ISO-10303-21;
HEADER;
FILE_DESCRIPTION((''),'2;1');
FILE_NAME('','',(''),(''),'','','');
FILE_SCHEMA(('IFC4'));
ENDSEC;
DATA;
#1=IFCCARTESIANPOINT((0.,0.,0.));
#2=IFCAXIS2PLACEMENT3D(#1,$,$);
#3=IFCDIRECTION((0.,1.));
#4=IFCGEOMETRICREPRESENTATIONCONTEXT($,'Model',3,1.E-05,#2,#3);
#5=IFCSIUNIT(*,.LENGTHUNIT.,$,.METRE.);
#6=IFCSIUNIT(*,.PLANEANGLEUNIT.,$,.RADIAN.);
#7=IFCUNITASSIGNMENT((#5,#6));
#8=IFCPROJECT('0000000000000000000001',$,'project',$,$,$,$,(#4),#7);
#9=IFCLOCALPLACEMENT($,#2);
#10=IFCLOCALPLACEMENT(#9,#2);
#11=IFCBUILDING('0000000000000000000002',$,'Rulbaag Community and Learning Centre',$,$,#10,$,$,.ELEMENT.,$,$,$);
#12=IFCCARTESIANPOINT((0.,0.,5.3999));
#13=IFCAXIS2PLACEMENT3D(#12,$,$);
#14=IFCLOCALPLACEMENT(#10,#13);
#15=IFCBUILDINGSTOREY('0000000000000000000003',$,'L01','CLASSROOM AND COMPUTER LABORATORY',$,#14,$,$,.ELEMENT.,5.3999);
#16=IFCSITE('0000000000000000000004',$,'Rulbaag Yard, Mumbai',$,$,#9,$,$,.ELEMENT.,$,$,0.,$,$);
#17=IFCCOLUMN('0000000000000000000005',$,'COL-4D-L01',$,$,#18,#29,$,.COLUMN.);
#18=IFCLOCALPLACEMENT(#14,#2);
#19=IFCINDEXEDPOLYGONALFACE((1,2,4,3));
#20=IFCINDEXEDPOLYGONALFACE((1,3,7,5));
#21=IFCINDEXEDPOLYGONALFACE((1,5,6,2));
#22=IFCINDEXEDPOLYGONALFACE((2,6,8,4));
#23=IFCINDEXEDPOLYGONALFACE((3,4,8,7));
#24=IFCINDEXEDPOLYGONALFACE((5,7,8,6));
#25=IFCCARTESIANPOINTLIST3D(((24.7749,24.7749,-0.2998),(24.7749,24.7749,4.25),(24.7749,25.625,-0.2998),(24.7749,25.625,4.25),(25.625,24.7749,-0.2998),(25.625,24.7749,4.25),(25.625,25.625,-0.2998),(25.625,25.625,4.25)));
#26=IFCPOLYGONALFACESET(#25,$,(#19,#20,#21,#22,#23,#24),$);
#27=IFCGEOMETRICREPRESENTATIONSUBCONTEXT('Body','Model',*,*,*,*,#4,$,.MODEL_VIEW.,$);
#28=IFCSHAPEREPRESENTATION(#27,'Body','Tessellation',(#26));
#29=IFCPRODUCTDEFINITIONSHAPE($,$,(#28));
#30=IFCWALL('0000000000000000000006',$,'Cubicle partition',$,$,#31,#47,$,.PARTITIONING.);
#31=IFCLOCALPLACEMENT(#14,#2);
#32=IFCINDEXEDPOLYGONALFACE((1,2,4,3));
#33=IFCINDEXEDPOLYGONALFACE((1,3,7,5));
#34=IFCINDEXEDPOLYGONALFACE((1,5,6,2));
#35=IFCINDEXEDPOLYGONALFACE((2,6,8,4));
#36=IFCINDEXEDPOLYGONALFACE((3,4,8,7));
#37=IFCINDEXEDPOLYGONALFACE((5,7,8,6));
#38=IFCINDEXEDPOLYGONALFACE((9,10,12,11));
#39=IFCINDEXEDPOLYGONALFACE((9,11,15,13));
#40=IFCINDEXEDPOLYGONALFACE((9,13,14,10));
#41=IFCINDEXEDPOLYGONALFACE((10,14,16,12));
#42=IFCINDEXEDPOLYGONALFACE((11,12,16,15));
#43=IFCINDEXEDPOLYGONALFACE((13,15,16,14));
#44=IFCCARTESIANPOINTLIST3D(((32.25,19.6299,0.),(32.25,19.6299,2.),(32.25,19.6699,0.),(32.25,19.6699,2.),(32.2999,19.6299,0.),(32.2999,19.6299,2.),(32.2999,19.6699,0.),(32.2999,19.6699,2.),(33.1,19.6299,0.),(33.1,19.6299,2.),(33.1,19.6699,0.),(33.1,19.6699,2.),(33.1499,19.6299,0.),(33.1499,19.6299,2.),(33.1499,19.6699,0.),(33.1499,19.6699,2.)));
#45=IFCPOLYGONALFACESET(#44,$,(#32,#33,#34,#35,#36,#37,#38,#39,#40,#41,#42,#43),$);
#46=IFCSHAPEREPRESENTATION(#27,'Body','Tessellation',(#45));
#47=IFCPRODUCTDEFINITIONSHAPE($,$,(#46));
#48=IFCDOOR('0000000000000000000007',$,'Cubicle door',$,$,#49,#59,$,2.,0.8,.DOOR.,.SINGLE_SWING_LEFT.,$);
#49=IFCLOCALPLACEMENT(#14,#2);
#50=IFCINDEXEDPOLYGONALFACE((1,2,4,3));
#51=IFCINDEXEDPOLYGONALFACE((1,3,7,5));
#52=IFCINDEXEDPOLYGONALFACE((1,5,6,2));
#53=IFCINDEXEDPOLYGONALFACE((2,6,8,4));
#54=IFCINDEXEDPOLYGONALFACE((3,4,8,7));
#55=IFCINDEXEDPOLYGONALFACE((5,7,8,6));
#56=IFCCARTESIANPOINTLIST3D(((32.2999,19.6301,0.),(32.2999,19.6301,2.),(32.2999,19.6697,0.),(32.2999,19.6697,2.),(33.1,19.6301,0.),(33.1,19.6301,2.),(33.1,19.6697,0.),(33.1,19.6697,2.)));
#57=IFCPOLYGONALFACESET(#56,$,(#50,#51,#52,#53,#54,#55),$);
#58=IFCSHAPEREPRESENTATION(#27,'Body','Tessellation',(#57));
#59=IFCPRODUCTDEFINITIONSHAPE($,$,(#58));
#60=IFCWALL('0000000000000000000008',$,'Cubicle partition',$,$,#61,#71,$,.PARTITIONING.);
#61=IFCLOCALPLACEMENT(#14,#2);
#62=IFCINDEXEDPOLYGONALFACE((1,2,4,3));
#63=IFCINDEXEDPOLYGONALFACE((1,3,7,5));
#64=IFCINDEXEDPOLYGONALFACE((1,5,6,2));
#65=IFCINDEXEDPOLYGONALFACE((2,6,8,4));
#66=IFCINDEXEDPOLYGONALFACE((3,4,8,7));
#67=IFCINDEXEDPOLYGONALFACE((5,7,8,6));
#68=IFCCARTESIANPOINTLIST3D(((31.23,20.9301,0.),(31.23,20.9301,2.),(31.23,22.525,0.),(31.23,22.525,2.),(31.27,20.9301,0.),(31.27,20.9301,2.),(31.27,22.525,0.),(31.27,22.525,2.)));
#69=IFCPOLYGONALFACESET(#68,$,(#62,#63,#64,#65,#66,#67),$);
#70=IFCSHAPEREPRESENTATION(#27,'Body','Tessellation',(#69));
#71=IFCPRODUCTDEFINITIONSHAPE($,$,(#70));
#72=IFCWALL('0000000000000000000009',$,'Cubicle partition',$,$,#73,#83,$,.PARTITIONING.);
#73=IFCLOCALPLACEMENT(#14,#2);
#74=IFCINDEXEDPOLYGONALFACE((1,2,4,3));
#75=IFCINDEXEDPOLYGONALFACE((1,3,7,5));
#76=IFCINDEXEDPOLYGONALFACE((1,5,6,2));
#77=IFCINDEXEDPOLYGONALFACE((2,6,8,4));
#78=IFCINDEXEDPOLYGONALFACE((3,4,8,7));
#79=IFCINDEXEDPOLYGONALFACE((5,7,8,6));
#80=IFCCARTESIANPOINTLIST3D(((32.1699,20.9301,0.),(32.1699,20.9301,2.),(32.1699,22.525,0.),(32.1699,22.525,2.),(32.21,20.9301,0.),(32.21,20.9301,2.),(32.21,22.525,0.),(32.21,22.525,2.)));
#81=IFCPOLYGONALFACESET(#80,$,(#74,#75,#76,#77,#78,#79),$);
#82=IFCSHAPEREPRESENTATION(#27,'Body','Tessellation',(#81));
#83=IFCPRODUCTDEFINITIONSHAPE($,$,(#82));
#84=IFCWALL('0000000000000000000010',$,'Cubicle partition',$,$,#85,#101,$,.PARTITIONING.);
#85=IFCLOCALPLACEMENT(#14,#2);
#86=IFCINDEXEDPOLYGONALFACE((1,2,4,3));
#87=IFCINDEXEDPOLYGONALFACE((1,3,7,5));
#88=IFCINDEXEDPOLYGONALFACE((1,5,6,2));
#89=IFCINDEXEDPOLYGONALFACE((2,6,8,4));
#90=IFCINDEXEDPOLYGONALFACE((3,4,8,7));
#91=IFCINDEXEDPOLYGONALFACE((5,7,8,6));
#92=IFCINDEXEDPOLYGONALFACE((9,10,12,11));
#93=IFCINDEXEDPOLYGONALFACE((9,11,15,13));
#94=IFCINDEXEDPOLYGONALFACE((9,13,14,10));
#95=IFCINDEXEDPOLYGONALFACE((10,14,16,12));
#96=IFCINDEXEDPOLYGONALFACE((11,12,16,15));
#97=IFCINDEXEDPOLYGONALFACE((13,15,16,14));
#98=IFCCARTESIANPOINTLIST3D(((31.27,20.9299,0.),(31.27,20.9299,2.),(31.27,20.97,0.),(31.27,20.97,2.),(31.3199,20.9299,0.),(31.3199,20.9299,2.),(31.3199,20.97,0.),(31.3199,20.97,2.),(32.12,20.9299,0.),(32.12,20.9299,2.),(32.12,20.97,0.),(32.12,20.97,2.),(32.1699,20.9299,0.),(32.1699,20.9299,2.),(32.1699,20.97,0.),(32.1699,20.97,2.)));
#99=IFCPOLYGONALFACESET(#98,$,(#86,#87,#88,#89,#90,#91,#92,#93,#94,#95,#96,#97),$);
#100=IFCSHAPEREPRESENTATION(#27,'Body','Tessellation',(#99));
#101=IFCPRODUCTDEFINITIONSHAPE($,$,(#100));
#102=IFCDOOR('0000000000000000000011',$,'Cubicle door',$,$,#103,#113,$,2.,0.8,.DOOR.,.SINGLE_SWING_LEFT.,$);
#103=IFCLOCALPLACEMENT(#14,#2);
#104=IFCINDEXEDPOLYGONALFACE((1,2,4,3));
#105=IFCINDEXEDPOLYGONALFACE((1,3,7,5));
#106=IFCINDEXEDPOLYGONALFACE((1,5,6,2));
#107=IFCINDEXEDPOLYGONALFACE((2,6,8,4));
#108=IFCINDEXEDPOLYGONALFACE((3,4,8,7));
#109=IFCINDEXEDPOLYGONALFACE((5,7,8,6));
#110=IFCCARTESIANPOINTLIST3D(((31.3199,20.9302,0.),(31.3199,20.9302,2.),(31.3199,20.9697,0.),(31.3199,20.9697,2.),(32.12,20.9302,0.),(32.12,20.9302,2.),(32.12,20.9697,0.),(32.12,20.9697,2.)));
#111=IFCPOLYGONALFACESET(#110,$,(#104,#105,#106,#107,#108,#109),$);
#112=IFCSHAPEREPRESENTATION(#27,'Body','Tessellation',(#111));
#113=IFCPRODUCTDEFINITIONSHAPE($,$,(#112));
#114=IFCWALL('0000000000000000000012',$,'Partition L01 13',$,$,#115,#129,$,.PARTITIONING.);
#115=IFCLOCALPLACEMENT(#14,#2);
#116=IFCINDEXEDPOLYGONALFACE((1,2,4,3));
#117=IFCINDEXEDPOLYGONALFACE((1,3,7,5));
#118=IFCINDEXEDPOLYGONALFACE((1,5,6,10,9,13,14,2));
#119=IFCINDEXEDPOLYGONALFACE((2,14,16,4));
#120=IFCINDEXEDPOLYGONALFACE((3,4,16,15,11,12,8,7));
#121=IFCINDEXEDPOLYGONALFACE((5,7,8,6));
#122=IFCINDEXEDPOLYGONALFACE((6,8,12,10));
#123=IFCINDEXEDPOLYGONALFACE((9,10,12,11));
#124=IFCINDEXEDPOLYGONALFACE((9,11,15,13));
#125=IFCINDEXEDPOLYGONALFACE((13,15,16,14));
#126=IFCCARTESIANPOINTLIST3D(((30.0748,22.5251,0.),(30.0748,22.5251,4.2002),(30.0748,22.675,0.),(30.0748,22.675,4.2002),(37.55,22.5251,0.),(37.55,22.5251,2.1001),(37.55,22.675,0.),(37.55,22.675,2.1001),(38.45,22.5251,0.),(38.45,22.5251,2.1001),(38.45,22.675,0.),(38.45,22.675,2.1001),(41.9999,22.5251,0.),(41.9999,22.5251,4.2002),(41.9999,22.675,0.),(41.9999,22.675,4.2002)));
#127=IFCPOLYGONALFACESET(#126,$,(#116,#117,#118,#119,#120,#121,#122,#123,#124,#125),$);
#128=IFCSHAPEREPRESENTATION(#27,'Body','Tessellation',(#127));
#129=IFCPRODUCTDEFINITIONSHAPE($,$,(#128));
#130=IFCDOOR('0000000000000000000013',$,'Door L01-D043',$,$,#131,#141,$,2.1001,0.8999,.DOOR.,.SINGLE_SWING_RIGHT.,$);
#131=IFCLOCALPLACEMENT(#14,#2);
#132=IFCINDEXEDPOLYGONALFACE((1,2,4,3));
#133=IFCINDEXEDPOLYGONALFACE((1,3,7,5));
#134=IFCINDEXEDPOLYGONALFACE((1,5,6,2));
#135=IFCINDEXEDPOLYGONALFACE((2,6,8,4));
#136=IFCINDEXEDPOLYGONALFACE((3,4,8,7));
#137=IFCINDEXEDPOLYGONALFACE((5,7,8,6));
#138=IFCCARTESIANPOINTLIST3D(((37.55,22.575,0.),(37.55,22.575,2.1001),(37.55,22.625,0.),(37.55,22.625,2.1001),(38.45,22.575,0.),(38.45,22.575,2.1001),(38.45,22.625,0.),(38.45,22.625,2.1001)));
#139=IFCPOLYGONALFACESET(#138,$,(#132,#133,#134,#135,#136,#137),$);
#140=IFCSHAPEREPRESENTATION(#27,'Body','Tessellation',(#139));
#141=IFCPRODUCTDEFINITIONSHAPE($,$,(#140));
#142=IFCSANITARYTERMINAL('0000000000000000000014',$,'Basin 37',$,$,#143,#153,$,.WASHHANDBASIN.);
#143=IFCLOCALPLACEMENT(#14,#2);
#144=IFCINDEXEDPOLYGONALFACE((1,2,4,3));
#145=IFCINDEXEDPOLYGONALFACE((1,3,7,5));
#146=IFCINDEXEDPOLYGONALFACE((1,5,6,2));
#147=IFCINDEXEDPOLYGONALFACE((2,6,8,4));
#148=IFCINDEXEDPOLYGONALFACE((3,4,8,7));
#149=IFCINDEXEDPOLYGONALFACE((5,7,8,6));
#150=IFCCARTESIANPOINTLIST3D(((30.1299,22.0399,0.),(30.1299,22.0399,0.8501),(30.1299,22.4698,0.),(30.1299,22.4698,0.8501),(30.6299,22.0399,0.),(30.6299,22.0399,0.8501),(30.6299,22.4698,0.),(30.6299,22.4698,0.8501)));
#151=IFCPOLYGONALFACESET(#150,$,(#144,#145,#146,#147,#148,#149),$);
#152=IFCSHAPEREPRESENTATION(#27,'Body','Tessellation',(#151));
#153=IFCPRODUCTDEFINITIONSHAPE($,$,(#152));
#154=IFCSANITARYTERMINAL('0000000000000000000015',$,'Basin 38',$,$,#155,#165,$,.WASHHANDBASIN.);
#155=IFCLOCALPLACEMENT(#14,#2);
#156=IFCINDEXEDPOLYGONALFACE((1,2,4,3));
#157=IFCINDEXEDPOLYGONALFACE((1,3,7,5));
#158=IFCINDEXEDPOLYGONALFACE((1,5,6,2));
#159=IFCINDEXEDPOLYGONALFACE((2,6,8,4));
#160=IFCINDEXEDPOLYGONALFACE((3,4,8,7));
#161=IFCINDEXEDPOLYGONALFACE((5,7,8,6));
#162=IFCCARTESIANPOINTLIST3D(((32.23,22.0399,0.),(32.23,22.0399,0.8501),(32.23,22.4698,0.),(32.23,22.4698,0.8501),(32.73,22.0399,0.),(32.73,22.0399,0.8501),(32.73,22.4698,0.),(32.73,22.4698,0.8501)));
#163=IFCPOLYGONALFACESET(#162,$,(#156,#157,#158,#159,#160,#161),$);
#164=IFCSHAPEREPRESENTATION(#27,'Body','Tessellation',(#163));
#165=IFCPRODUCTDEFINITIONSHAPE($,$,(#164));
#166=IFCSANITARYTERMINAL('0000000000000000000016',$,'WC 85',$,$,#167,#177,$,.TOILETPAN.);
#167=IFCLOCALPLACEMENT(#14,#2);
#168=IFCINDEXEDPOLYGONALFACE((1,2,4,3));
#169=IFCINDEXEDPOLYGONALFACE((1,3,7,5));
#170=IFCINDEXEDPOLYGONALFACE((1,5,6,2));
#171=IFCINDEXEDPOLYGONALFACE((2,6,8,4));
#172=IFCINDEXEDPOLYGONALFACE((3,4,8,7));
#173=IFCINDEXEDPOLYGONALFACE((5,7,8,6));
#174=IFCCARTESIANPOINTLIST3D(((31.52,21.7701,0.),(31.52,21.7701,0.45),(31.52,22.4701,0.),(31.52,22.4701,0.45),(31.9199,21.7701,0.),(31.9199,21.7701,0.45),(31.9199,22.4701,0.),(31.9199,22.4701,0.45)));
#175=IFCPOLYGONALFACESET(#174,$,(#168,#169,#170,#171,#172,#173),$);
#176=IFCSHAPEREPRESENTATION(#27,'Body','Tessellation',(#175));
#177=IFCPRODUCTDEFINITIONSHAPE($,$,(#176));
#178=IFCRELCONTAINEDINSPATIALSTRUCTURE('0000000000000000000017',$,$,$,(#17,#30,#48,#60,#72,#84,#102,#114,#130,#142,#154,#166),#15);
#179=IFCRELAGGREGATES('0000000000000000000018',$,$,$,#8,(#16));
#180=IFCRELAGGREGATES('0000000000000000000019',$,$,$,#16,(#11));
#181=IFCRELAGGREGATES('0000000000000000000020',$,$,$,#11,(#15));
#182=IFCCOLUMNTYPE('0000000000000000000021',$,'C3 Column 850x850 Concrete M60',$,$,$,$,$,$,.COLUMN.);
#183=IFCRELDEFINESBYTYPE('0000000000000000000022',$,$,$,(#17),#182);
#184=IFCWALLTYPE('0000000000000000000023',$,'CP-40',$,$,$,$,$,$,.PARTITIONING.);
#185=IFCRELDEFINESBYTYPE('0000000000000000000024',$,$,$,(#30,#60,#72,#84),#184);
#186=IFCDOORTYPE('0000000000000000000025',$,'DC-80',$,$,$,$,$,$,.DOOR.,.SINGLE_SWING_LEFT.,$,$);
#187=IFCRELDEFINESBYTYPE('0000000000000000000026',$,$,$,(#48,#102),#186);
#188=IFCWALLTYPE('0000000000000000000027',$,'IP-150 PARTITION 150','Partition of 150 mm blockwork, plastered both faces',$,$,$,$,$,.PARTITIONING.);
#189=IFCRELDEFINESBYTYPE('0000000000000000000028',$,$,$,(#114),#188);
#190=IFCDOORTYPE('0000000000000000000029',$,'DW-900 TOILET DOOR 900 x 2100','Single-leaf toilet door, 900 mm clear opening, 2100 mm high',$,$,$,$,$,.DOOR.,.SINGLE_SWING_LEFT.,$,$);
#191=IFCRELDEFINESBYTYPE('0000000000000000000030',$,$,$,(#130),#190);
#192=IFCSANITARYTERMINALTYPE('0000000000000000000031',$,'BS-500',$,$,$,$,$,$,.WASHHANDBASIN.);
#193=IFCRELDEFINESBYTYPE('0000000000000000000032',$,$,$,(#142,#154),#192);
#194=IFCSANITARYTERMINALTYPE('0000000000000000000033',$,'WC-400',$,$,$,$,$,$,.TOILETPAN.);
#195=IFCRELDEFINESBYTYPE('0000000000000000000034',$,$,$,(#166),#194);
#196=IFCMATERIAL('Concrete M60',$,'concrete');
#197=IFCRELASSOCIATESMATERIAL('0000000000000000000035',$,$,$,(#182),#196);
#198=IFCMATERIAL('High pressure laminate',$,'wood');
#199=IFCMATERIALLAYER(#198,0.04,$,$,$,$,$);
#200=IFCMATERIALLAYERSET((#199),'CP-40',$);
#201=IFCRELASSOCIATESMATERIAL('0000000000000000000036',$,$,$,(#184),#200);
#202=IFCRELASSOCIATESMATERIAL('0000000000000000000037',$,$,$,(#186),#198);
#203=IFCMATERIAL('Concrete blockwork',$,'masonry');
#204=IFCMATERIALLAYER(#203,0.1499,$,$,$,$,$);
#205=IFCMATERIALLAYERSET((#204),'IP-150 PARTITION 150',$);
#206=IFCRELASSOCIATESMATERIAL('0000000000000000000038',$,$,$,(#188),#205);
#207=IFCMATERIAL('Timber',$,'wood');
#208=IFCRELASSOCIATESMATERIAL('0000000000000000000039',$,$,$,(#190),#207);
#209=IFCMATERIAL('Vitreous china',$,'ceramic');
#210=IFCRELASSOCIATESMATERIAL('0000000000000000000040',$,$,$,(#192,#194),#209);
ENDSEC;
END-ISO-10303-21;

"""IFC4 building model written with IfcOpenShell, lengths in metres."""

from ifc_helpers import new_model, si_unit, direction, frame, frame_2d, origin, origin_2d, place, context, subcontext, project, spatial, rectangle, extrude, material, layer, layer_set, material_profile, profile_set, type_object, element, fill, save


model = new_model("IFC4")

# Units and contexts
model_context = context("Model", 3, precision=1e-05, world=origin(), true_north=direction((0.0, 1.0)))
body_context = subcontext(model_context, "Body", "Model", "MODEL_VIEW")
ifc_project = project(units=[si_unit("LENGTHUNIT", "METRE"), si_unit("PLANEANGLEUNIT", "RADIAN")], contexts=[model_context])

# Site, building, storey
site_placement = place(None, origin())
site = spatial("IfcSite", under=ifc_project, at=site_placement, Name="Rulbaag Yard, Mumbai", CompositionType="ELEMENT", RefElevation=0.0)
building_placement = place(site_placement, origin())
building = spatial("IfcBuilding", under=site, at=building_placement, Name="Rulbaag Community and Learning Centre", CompositionType="ELEMENT")
storey_placement = place(building_placement, frame((0.0, 0.0, 5.3999)))
storey = spatial("IfcBuildingStorey", under=building, at=storey_placement, Name="L01", Description="CLASSROOM AND COMPUTER LABORATORY", CompositionType="ELEMENT", Elevation=5.3999)

# Column
ifc_material_1 = material(Name="Concrete M60", Category="concrete")
ifc_material_profile = material_profile(ifc_material_1, rectangle(XDim=0.8501, YDim=0.8501, at=origin_2d()), Name="RC850x850")
ifc_profile_set = profile_set([ifc_material_profile], Name="Concrete M60")
column_type = type_object("IfcColumnType", Name="C3 Column 850x850 Concrete M60", PredefinedType="COLUMN", material=ifc_profile_set)
column_placement = place(storey_placement, frame((25.2, 25.2, -0.2998), z_axis=(0.0, 0.0, 1.0), x_axis=(1.0, 0.0, 0.0)))
element("IfcColumn", 1, at=column_placement, inside=storey, type_object=column_type, Name="COL-4D-L01", PredefinedType="COLUMN", context=body_context, shape_type="SweptSolid", body=[
    extrude(rectangle(XDim=0.8501, YDim=0.8501, at=origin_2d()), origin(), (0.0, 0.0, 1.0), 4.5498),
])

# Wall, opening, door
ifc_material_2 = material(Name="High pressure laminate", Category="wood")
ifc_layer_1 = layer(ifc_material_2, 0.04)
ifc_layer_set_1 = layer_set([ifc_layer_1], Name="CP-40")
wall_type_1 = type_object("IfcWallType", Name="CP-40", PredefinedType="PARTITIONING", material=ifc_layer_set_1)
wall_1_placement = place(storey_placement, frame((32.25, 19.6499, 0.0), z_axis=(0.0, 0.0, 1.0), x_axis=(1.0, 0.0, 0.0)))
wall_1 = element("IfcWall", 2, at=wall_1_placement, inside=storey, type_object=wall_type_1, Name="Cubicle partition", PredefinedType="PARTITIONING", context=body_context, shape_type="SweptSolid", body=[
    extrude(rectangle(XDim=0.8999, YDim=0.04, at=frame_2d((0.45, 0.0))), origin(), (0.0, 0.0, 1.0), 2.0),
])
opening_1_placement = place(wall_1_placement, frame((0.05, 0.0, 0.0)))
opening_1 = element("IfcOpeningElement", 3, at=opening_1_placement, cuts=wall_1, PredefinedType="OPENING", context=body_context, shape_type="SweptSolid", body=[
    extrude(rectangle(XDim=0.8, YDim=2.0, at=frame_2d((0.3999, 1.0))), frame((0.0, 0.03, 0.0), z_axis=(0.0, -1.0, 0.0), x_axis=(1.0, 0.0, 0.0)), (0.0, 0.0, 1.0), 0.0601),
])
door_type_1 = type_object("IfcDoorType", Name="DC-80", OperationType="SINGLE_SWING_LEFT", PredefinedType="DOOR", material=ifc_material_2)
door_1_placement = place(opening_1_placement, origin())
door_1 = element("IfcDoor", 4, at=door_1_placement, inside=storey, type_object=door_type_1, Name="Cubicle door", OperationType="SINGLE_SWING_LEFT", OverallHeight=2.0, OverallWidth=0.8, PredefinedType="DOOR", context=body_context, shape_type="SweptSolid", body=[
    extrude(rectangle(XDim=0.8, YDim=2.0, at=frame_2d((0.3999, 1.0))), frame((0.0, 0.0198, 0.0), z_axis=(0.0, -1.0, 0.0), x_axis=(1.0, 0.0, 0.0)), (0.0, 0.0, 1.0), 0.0396),
])
fill(opening_1, door_1)

# Walls
for number, where, z_axis, x_axis, name in (
    (5, (31.25, 22.5249, 0.0), (0.0, 0.0, 1.0), (0.0, -1.0, 0.0), "Cubicle partition"),
    (6, (32.1899, 22.5249, 0.0), (0.0, 0.0, 1.0), (0.0, -1.0, 0.0), "Cubicle partition"),
):
    element("IfcWall", number, at=place(storey_placement, frame(where, z_axis=z_axis, x_axis=x_axis)), inside=storey, type_object=wall_type_1, Name=name, PredefinedType="PARTITIONING", context=body_context, shape_type="SweptSolid", body=[
        extrude(rectangle(XDim=1.595, YDim=0.04, at=frame_2d((0.7974, 0.0))), origin(), (0.0, 0.0, 1.0), 2.0),
    ])

# Walls, openings, doors
wall_2_placement = place(storey_placement, frame((31.27, 20.95, 0.0), z_axis=(0.0, 0.0, 1.0), x_axis=(1.0, 0.0, 0.0)))
wall_2 = element("IfcWall", 7, at=wall_2_placement, inside=storey, type_object=wall_type_1, Name="Cubicle partition", PredefinedType="PARTITIONING", context=body_context, shape_type="SweptSolid", body=[
    extrude(rectangle(XDim=0.8999, YDim=0.04, at=frame_2d((0.45, 0.0))), origin(), (0.0, 0.0, 1.0), 2.0),
])
opening_2_placement = place(wall_2_placement, frame((0.05, 0.0, 0.0)))
opening_2 = element("IfcOpeningElement", 8, at=opening_2_placement, cuts=wall_2, PredefinedType="OPENING", context=body_context, shape_type="SweptSolid", body=[
    extrude(rectangle(XDim=0.8, YDim=2.0, at=frame_2d((0.3999, 1.0))), frame((0.0, 0.03, 0.0), z_axis=(0.0, -1.0, 0.0), x_axis=(1.0, 0.0, 0.0)), (0.0, 0.0, 1.0), 0.0601),
])
door_2_placement = place(opening_2_placement, origin())
door_2 = element("IfcDoor", 9, at=door_2_placement, inside=storey, type_object=door_type_1, Name="Cubicle door", OperationType="SINGLE_SWING_LEFT", OverallHeight=2.0, OverallWidth=0.8, PredefinedType="DOOR", context=body_context, shape_type="SweptSolid", body=[
    extrude(rectangle(XDim=0.8, YDim=2.0, at=frame_2d((0.3999, 1.0))), frame((0.0, 0.0198, 0.0), z_axis=(0.0, -1.0, 0.0), x_axis=(1.0, 0.0, 0.0)), (0.0, 0.0, 1.0), 0.0396),
])
fill(opening_2, door_2)
ifc_material_3 = material(Name="Concrete blockwork", Category="masonry")
ifc_layer_2 = layer(ifc_material_3, 0.1499)
ifc_layer_set_2 = layer_set([ifc_layer_2], Name="IP-150 PARTITION 150")
wall_type_2 = type_object("IfcWallType", Name="IP-150 PARTITION 150", Description="Partition of 150 mm blockwork, plastered both faces", PredefinedType="PARTITIONING", material=ifc_layer_set_2)
wall_3_placement = place(storey_placement, frame((30.075, 22.6001, 0.0), z_axis=(0.0, 0.0, 1.0), x_axis=(1.0, 0.0, 0.0)))
wall_3 = element("IfcWall", 10, at=wall_3_placement, inside=storey, type_object=wall_type_2, Name="Partition L01 13", PredefinedType="PARTITIONING", context=body_context, shape_type="SweptSolid", body=[
    extrude(rectangle(XDim=11.925, YDim=0.1499, at=frame_2d((5.9624, 0.0))), origin(), (0.0, 0.0, 1.0), 4.2002),
])
opening_3_placement = place(wall_3_placement, frame((7.4751, 0.0, 0.0)))
opening_3 = element("IfcOpeningElement", 11, at=opening_3_placement, cuts=wall_3, PredefinedType="OPENING", context=body_context, shape_type="SweptSolid", body=[
    extrude(rectangle(XDim=0.8999, YDim=2.1001, at=frame_2d((0.45, 1.05))), frame((0.0, 0.085, 0.0), z_axis=(0.0, -1.0, 0.0), x_axis=(1.0, 0.0, 0.0)), (0.0, 0.0, 1.0), 0.1699),
])
ifc_material_4 = material(Name="Timber", Category="wood")
door_type_2 = type_object("IfcDoorType", Name="DW-900 TOILET DOOR 900 x 2100", Description="Single-leaf toilet door, 900 mm clear opening, 2100 mm high", OperationType="SINGLE_SWING_LEFT", PredefinedType="DOOR", material=ifc_material_4)
door_3_placement = place(opening_3_placement, origin())
door_3 = element("IfcDoor", 12, at=door_3_placement, inside=storey, type_object=door_type_2, Name="Door L01-D043", OperationType="SINGLE_SWING_RIGHT", OverallHeight=2.1001, OverallWidth=0.8999, PredefinedType="DOOR", context=body_context, shape_type="SweptSolid", body=[
    extrude(rectangle(XDim=0.8999, YDim=2.1001, at=frame_2d((0.45, 1.05))), frame((0.0, 0.0249, 0.0), z_axis=(0.0, -1.0, 0.0), x_axis=(1.0, 0.0, 0.0)), (0.0, 0.0, 1.0), 0.05),
])
fill(opening_3, door_3)

# Sanitary terminals
ifc_material_5 = material(Name="Vitreous china", Category="ceramic")
sanitary_terminal_type_1 = type_object("IfcSanitaryTerminalType", Name="BS-500", PredefinedType="WASHHANDBASIN", material=ifc_material_5)
for number, where, z_axis, x_axis, name in (
    (13, (30.3799, 22.2549, 0.0), (0.0, 0.0, 1.0), (1.0, 0.0, 0.0), "Basin 37"),
    (14, (32.48, 22.2549, 0.0), (0.0, 0.0, 1.0), (1.0, 0.0, 0.0), "Basin 38"),
):
    element("IfcSanitaryTerminal", number, at=place(storey_placement, frame(where, z_axis=z_axis, x_axis=x_axis)), inside=storey, type_object=sanitary_terminal_type_1, Name=name, PredefinedType="WASHHANDBASIN", context=body_context, shape_type="SweptSolid", body=[
        extrude(rectangle(XDim=0.5, YDim=0.4299, at=origin_2d()), origin(), (0.0, 0.0, 1.0), 0.8501),
    ])
sanitary_terminal_type_2 = type_object("IfcSanitaryTerminalType", Name="WC-400", PredefinedType="TOILETPAN", material=ifc_material_5)
sanitary_terminal_1_placement = place(storey_placement, frame((31.72, 22.1201, 0.0), z_axis=(0.0, 0.0, 1.0), x_axis=(1.0, 0.0, 0.0)))
element("IfcSanitaryTerminal", 15, at=sanitary_terminal_1_placement, inside=storey, type_object=sanitary_terminal_type_2, Name="WC 85", PredefinedType="TOILETPAN", context=body_context, shape_type="SweptSolid", body=[
    extrude(rectangle(XDim=0.3999, YDim=0.7, at=origin_2d()), origin(), (0.0, 0.0, 1.0), 0.45),
])

save(model, "model.ifc")
